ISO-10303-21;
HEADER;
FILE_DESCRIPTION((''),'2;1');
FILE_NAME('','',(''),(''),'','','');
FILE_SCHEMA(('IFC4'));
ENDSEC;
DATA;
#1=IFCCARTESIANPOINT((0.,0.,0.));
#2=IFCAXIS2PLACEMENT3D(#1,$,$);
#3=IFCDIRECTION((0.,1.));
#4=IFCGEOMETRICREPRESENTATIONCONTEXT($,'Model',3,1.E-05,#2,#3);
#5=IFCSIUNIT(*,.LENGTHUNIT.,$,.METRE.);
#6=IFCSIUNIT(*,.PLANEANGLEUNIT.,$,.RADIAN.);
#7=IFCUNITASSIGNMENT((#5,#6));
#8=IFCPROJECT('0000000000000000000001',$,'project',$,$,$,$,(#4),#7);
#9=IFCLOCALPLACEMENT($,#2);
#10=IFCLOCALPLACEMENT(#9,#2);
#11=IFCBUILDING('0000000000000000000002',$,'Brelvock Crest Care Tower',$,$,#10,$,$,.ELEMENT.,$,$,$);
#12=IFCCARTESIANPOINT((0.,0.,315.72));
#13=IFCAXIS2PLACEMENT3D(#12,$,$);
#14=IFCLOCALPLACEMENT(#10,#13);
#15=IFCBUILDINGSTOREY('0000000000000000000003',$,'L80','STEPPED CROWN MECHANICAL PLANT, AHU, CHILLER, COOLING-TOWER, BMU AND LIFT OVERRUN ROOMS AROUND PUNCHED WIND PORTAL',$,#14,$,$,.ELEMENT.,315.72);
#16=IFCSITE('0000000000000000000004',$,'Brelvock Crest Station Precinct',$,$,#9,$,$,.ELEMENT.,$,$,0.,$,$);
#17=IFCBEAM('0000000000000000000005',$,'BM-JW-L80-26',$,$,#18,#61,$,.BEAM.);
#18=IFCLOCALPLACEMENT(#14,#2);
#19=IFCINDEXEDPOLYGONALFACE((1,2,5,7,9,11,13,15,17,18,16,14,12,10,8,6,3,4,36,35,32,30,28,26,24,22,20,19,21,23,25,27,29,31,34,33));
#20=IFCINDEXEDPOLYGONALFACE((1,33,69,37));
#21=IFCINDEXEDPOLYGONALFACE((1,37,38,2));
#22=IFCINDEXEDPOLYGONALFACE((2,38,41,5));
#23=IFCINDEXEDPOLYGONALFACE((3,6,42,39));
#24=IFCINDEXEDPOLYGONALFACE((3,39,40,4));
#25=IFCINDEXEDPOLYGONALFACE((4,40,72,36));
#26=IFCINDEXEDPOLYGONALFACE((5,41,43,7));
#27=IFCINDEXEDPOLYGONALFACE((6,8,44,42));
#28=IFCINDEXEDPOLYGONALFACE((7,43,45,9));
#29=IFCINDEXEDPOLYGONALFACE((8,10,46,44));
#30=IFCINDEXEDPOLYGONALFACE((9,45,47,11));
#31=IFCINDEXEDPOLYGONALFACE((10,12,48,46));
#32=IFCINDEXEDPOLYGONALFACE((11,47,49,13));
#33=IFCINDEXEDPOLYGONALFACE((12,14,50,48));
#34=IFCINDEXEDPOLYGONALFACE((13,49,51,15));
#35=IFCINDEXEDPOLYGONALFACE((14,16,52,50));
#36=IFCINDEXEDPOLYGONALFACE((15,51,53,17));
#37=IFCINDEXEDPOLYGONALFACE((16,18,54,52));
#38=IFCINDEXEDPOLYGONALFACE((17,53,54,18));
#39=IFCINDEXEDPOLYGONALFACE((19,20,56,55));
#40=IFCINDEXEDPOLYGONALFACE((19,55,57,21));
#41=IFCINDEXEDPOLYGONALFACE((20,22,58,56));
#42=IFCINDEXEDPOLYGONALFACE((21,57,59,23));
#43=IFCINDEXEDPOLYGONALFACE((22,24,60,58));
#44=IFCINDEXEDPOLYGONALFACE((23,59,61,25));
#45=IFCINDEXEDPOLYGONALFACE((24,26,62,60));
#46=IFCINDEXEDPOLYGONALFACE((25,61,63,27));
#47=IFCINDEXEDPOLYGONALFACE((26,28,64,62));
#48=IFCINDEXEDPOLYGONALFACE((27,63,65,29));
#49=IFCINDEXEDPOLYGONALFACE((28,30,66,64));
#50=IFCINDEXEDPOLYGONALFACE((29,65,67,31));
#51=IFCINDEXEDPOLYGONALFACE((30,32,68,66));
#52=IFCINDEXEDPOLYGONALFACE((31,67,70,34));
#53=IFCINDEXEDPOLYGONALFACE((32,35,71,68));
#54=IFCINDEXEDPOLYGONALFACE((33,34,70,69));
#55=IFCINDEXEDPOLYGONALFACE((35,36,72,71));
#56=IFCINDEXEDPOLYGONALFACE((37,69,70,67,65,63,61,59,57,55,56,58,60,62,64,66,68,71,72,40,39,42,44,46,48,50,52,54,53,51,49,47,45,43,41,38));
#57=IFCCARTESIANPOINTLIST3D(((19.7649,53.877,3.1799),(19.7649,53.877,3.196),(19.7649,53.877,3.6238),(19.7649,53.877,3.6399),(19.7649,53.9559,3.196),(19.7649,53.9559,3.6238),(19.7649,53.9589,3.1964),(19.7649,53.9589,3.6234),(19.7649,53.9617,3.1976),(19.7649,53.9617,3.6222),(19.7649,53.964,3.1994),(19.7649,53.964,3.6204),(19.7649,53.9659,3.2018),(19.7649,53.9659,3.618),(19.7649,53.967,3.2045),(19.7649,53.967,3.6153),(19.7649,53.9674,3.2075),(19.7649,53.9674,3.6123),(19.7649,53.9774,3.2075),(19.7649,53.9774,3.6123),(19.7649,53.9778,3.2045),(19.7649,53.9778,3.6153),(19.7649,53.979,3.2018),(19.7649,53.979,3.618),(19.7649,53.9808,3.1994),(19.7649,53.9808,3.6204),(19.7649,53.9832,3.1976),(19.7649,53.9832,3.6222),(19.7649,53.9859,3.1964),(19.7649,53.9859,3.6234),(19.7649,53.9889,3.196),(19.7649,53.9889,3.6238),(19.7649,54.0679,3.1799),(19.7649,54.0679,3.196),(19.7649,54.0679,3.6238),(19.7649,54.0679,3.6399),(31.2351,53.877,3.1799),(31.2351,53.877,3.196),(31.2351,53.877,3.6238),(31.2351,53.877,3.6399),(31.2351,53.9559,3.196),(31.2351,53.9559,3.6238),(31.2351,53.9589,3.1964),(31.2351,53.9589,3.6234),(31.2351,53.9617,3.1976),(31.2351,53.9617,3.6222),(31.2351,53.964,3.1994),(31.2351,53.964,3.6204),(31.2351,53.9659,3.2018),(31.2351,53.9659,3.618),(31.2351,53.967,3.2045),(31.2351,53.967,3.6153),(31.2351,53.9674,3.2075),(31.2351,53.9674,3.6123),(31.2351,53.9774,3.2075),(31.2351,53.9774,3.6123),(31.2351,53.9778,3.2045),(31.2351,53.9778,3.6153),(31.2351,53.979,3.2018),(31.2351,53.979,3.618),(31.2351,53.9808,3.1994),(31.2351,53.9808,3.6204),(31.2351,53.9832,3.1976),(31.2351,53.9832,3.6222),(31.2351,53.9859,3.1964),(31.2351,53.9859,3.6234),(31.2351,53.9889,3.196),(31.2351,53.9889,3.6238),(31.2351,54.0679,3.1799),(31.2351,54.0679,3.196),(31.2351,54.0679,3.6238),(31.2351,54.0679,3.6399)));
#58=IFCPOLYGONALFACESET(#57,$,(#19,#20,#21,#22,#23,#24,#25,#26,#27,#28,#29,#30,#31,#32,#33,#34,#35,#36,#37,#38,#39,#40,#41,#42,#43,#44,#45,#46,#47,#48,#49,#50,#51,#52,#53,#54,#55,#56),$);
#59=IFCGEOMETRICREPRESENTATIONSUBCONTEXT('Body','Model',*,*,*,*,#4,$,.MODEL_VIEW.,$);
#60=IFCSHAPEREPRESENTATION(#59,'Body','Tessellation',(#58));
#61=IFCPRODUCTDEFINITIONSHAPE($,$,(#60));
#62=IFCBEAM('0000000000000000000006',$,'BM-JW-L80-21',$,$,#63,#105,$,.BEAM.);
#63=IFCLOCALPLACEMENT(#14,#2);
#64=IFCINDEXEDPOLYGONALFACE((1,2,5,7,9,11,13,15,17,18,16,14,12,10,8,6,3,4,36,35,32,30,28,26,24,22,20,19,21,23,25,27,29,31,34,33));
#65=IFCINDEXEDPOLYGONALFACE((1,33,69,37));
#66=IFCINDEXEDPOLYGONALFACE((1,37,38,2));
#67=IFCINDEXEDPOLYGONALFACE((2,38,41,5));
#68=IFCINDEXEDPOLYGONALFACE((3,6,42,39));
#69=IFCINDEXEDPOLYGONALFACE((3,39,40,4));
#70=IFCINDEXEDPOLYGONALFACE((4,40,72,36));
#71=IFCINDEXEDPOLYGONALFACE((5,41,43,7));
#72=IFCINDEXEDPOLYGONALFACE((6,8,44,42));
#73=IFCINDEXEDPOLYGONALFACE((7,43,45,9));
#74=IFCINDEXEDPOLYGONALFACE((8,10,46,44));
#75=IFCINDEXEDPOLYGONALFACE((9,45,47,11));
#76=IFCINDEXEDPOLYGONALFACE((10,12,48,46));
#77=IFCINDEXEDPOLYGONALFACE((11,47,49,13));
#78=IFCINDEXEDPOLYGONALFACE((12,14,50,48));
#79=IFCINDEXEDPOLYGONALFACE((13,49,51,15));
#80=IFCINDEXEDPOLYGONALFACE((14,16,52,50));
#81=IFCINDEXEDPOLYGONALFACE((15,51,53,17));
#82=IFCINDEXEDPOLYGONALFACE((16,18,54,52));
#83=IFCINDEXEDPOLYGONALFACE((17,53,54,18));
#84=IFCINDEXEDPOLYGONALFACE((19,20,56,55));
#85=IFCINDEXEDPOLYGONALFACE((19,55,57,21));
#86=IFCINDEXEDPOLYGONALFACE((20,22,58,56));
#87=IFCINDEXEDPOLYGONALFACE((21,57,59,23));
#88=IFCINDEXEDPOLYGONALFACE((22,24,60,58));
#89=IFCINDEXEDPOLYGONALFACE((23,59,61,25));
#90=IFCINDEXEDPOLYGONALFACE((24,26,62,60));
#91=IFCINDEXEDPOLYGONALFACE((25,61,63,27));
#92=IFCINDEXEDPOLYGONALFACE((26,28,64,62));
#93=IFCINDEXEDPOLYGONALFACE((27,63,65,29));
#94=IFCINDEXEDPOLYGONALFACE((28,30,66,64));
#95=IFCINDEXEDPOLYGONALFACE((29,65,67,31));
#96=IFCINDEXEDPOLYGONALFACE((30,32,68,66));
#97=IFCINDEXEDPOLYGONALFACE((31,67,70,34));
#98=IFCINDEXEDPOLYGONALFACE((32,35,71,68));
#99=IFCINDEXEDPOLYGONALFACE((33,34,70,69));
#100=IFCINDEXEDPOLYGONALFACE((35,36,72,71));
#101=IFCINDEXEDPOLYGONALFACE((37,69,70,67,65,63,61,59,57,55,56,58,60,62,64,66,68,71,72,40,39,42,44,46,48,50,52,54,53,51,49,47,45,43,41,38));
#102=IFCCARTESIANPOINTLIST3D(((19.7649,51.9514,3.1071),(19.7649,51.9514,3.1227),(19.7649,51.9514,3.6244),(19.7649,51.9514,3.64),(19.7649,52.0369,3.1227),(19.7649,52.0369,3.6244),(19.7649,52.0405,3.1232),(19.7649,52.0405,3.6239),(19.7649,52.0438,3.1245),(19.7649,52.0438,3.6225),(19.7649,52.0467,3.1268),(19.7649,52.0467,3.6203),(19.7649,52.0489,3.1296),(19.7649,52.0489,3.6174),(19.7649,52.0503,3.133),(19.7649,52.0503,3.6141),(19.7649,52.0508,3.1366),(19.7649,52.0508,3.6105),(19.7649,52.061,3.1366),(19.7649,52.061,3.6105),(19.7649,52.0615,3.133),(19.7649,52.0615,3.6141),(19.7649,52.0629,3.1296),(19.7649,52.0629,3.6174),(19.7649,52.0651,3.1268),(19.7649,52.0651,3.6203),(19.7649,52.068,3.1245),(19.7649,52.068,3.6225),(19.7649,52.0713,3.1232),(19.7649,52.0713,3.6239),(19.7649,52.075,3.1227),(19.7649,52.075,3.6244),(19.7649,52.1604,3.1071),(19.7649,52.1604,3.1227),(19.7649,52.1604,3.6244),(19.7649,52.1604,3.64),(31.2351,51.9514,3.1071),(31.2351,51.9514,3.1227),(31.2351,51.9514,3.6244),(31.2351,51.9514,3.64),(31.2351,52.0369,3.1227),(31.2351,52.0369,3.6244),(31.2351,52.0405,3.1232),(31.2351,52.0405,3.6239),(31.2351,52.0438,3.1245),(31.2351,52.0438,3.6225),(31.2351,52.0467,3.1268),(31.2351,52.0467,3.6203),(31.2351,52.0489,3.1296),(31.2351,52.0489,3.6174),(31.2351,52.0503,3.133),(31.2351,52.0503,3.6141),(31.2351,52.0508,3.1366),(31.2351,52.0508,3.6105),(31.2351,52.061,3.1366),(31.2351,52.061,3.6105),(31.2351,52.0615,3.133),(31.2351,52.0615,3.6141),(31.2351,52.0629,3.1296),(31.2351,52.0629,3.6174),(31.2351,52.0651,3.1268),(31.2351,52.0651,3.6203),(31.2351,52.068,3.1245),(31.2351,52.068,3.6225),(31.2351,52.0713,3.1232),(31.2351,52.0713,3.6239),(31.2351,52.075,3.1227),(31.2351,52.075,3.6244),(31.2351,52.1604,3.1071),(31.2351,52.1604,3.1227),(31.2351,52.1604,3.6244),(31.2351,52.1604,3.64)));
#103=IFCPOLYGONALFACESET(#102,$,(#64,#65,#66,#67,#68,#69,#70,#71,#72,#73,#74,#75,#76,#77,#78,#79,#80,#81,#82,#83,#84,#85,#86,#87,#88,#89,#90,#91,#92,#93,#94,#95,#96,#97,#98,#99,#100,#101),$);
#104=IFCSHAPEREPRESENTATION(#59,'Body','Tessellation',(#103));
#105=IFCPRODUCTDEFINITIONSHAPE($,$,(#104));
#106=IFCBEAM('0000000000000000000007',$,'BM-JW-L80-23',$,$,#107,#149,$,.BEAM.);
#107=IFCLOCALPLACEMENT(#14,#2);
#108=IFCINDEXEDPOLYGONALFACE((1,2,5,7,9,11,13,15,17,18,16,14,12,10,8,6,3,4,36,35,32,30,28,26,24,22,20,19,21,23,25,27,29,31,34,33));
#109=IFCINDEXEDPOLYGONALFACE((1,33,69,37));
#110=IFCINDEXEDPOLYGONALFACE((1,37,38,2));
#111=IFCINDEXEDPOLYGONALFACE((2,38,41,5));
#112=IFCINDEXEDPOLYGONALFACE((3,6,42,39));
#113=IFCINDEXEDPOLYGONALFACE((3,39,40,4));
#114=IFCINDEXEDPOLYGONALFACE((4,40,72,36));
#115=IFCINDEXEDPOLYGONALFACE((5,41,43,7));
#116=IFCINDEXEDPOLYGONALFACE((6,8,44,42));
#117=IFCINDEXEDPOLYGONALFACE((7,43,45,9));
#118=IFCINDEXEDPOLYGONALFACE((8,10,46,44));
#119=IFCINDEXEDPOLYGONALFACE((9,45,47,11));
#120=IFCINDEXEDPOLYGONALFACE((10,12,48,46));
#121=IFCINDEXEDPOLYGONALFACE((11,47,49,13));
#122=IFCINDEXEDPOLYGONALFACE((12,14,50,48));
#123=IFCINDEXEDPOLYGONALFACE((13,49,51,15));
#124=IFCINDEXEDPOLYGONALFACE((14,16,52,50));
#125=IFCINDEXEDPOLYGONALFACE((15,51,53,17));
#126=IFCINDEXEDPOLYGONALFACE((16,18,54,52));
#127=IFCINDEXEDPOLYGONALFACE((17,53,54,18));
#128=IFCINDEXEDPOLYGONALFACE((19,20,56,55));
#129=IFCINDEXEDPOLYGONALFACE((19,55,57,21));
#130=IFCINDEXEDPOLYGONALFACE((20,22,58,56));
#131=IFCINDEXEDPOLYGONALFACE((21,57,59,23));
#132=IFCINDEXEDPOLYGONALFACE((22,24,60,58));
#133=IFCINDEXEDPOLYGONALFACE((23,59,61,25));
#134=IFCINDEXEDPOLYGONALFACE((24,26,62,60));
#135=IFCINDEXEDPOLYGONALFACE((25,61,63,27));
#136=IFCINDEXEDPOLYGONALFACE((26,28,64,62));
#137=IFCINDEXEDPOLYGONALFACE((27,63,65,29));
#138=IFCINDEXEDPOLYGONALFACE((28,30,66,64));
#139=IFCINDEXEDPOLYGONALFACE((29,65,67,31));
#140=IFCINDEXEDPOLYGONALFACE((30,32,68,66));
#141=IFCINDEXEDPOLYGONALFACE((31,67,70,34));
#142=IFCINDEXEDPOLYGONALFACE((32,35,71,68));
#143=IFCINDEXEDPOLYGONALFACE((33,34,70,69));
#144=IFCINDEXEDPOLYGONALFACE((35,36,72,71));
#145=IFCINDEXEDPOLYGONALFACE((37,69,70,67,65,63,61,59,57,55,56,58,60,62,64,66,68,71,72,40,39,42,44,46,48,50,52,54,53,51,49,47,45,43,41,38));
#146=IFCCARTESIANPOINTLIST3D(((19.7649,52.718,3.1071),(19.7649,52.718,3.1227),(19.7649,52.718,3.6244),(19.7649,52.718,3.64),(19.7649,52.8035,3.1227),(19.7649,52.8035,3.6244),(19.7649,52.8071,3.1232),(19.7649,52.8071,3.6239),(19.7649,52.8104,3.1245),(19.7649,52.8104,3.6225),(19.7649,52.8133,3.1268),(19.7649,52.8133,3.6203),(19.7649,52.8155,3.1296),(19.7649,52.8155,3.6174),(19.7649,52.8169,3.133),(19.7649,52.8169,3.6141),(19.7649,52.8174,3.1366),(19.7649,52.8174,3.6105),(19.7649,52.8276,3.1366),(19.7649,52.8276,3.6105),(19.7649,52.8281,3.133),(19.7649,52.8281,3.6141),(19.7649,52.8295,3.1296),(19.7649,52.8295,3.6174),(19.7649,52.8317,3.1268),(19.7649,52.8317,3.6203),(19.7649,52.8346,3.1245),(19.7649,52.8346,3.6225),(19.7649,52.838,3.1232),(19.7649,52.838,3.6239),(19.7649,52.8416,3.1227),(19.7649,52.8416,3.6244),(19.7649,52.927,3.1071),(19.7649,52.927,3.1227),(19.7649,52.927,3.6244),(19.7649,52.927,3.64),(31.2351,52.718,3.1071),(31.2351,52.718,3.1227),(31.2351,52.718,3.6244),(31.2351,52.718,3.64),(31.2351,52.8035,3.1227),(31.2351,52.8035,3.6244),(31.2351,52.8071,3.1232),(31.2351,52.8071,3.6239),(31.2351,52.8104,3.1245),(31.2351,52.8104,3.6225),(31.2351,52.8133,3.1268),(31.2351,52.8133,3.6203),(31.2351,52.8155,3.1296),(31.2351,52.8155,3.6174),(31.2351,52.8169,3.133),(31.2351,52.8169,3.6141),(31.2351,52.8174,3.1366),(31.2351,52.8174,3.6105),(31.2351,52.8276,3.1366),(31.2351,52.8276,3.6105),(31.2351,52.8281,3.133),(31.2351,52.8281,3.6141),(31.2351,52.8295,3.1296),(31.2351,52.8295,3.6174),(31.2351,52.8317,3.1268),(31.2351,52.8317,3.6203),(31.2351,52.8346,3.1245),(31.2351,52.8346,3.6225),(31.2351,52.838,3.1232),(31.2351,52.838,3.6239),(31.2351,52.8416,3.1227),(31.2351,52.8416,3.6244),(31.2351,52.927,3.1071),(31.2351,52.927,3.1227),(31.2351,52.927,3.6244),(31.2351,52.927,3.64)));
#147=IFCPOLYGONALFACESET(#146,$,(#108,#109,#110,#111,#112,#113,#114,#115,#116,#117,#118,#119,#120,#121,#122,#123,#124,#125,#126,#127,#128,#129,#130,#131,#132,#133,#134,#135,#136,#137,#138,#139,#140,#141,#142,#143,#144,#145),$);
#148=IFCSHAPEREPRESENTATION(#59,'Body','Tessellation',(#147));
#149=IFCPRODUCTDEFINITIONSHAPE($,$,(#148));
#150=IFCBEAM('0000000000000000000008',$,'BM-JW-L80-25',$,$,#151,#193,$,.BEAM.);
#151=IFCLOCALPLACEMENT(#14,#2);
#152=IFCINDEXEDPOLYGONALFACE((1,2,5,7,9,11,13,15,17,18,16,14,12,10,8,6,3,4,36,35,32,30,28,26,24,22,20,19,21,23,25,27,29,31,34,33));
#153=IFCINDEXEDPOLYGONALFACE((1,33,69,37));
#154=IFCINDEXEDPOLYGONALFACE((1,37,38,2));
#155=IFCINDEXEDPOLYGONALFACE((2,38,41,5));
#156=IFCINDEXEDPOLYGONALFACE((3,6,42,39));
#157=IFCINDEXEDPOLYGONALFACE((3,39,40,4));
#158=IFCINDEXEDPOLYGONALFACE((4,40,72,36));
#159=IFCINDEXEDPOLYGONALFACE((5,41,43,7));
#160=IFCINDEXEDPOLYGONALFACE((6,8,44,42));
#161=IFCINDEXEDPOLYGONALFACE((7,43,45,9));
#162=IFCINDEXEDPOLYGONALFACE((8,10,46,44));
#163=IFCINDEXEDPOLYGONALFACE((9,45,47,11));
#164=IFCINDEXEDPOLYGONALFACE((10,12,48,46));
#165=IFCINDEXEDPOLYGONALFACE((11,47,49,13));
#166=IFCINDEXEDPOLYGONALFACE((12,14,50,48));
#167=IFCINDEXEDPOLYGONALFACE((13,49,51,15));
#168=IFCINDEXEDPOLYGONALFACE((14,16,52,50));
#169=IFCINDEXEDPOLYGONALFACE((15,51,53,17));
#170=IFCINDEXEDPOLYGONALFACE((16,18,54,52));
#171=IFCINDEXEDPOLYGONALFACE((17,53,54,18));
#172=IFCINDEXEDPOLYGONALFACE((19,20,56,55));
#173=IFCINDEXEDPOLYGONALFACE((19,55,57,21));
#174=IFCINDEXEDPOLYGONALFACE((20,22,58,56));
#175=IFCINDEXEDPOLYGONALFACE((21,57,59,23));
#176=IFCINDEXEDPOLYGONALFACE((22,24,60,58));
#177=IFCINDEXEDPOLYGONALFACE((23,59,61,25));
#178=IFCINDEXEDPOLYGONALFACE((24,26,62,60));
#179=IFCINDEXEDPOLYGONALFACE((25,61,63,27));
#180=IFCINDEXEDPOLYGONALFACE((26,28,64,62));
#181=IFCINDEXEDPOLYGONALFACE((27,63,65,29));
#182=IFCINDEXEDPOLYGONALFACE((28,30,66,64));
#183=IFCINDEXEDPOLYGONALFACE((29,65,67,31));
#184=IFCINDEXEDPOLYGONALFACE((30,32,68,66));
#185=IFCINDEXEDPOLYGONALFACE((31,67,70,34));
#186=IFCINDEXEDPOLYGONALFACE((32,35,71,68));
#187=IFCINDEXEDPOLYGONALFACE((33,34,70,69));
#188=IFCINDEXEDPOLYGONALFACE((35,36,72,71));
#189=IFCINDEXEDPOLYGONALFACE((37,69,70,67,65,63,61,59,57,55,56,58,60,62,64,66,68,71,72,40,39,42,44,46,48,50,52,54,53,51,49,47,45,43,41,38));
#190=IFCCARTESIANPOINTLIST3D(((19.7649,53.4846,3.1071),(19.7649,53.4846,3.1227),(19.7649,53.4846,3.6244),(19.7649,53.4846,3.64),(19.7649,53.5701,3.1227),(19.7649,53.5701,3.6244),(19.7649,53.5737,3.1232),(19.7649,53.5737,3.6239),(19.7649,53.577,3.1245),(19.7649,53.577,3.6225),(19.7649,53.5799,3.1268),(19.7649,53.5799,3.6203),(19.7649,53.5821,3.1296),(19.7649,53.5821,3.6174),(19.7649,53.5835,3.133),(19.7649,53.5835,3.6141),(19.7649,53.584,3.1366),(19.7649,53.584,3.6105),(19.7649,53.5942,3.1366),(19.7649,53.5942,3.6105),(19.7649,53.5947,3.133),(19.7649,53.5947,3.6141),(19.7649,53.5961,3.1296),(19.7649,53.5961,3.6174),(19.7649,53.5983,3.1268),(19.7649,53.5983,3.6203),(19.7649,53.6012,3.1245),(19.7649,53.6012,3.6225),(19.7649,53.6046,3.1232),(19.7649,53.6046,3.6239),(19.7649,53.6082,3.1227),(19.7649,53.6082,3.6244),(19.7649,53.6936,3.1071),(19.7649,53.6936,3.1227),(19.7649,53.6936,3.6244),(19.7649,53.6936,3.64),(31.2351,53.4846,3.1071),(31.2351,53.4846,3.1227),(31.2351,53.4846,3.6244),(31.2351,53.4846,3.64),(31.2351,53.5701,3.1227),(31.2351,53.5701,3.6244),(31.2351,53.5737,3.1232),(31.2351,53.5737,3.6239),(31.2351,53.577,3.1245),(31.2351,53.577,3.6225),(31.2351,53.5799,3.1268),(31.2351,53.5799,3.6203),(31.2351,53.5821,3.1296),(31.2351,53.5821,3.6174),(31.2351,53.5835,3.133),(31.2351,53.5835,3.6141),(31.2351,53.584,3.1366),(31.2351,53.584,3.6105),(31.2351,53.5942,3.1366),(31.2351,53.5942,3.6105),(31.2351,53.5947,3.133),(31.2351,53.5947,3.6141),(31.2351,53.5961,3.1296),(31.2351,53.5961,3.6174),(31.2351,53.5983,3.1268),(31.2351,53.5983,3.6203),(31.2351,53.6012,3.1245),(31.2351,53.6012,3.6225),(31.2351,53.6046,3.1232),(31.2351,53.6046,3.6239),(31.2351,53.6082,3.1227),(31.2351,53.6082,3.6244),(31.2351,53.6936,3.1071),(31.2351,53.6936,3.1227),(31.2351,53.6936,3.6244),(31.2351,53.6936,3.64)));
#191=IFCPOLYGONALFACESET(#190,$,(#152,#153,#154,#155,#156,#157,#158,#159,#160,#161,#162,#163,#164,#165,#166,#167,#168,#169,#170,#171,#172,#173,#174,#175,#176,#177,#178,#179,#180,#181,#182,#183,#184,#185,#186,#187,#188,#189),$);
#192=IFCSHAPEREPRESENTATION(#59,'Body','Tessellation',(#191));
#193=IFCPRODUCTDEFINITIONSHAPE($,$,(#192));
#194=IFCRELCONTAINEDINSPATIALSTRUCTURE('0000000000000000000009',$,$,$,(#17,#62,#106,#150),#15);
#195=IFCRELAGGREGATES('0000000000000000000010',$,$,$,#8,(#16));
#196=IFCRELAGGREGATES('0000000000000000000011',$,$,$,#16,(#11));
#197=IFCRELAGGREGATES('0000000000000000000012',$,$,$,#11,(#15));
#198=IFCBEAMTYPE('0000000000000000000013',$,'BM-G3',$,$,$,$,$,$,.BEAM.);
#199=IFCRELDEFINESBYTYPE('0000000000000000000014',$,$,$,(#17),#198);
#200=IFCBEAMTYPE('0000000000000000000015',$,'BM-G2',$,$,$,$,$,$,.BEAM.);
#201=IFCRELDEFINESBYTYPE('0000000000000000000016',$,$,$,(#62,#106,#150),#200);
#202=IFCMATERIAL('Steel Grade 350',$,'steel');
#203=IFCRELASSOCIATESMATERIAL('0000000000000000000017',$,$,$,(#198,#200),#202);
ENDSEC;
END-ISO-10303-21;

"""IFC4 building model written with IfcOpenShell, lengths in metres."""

from ifc_helpers import new_model, si_unit, direction, frame, origin, origin_2d, place, context, subcontext, project, spatial, i_section, extrude, source, transform, mapped, material, material_profile, profile_set, type_object, element, save


model = new_model("IFC4")

# Units and contexts
model_context = context("Model", 3, precision=1e-05, world=origin(), true_north=direction((0.0, 1.0)))
body_context = subcontext(model_context, "Body", "Model", "MODEL_VIEW")
ifc_project = project(units=[si_unit("LENGTHUNIT", "METRE"), si_unit("PLANEANGLEUNIT", "RADIAN")], contexts=[model_context])

# Site, building, storey
site_placement = place(None, origin())
site = spatial("IfcSite", under=ifc_project, at=site_placement, Name="Brelvock Crest Station Precinct", CompositionType="ELEMENT", RefElevation=0.0)
building_placement = place(site_placement, origin())
building = spatial("IfcBuilding", under=site, at=building_placement, Name="Brelvock Crest Care Tower", CompositionType="ELEMENT")
storey_placement = place(building_placement, frame((0.0, 0.0, 315.72)))
storey = spatial("IfcBuildingStorey", under=building, at=storey_placement, Name="L80", Description="STEPPED CROWN MECHANICAL PLANT, AHU, CHILLER, COOLING-TOWER, BMU AND LIFT OVERRUN ROOMS AROUND PUNCHED WIND PORTAL", CompositionType="ELEMENT", Elevation=315.72)

# Shared definitions
ifc_material_1 = material(Name="Steel Grade 350", Category="steel")

# Beams
ifc_material_profile_1 = material_profile(ifc_material_1, i_section(OverallWidth=0.1909, OverallDepth=0.46, WebThickness=0.01, FlangeThickness=0.0161, FilletRadius=0.0115, at=origin_2d()), Name="460UB82.1")
ifc_profile_set_1 = profile_set([ifc_material_profile_1], Name="Steel Grade 350")
beam_type_1 = type_object("IfcBeamType", Name="BM-G3", PredefinedType="BEAM", material=ifc_profile_set_1)
shared_shape_1 = source(origin(), body_context, "Body", "SweptSolid", [
    extrude(i_section(OverallWidth=0.1909, OverallDepth=0.46, WebThickness=0.01, FlangeThickness=0.0161, FilletRadius=0.0115, at=origin_2d()), origin(), (0.0, 0.0, 1.0), 11.4702),
])
for number, where, z_axis, x_axis, name in (
    (1, (19.7649, 53.9724, 3.4099), (1.0, 0.0, 0.0), (0.0, 1.0, 0.0), "BM-JW-L80-26"),
):
    element("IfcBeam", number, at=place(storey_placement, frame(where, z_axis=z_axis, x_axis=x_axis)), inside=storey, type_object=beam_type_1, Name=name, PredefinedType="BEAM", context=body_context, shape_type="MappedRepresentation", body=[
        mapped(shared_shape_1, transform((0.0, 0.0, 0.0), x_axis=(1.0, 0.0, 0.0), y_axis=(0.0, 1.0, 0.0), z_axis=(0.0, 0.0, 1.0), scale=1.0)),
    ])
ifc_material_profile_2 = material_profile(ifc_material_1, i_section(OverallWidth=0.209, OverallDepth=0.533, WebThickness=0.0103, FlangeThickness=0.0156, FilletRadius=0.0139, at=origin_2d()), Name="530UB92.4")
ifc_profile_set_2 = profile_set([ifc_material_profile_2], Name="Steel Grade 350")
beam_type_2 = type_object("IfcBeamType", Name="BM-G2", PredefinedType="BEAM", material=ifc_profile_set_2)
shared_shape_2 = source(origin(), body_context, "Body", "SweptSolid", [
    extrude(i_section(OverallWidth=0.209, OverallDepth=0.533, WebThickness=0.0103, FlangeThickness=0.0156, FilletRadius=0.0139, at=origin_2d()), origin(), (0.0, 0.0, 1.0), 11.4702),
])
for number, where, z_axis, x_axis, name in (
    (2, (19.7649, 52.0559, 3.3735), (1.0, 0.0, 0.0), (0.0, 1.0, 0.0), "BM-JW-L80-21"),
    (3, (19.7649, 52.8225, 3.3735), (1.0, 0.0, 0.0), (0.0, 1.0, 0.0), "BM-JW-L80-23"),
    (4, (19.7649, 53.5891, 3.3735), (1.0, 0.0, 0.0), (0.0, 1.0, 0.0), "BM-JW-L80-25"),
):
    element("IfcBeam", number, at=place(storey_placement, frame(where, z_axis=z_axis, x_axis=x_axis)), inside=storey, type_object=beam_type_2, Name=name, PredefinedType="BEAM", context=body_context, shape_type="MappedRepresentation", body=[
        mapped(shared_shape_2, transform((0.0, 0.0, 0.0), x_axis=(1.0, 0.0, 0.0), y_axis=(0.0, 1.0, 0.0), z_axis=(0.0, 0.0, 1.0), scale=1.0)),
    ])

save(model, "model.ifc")
